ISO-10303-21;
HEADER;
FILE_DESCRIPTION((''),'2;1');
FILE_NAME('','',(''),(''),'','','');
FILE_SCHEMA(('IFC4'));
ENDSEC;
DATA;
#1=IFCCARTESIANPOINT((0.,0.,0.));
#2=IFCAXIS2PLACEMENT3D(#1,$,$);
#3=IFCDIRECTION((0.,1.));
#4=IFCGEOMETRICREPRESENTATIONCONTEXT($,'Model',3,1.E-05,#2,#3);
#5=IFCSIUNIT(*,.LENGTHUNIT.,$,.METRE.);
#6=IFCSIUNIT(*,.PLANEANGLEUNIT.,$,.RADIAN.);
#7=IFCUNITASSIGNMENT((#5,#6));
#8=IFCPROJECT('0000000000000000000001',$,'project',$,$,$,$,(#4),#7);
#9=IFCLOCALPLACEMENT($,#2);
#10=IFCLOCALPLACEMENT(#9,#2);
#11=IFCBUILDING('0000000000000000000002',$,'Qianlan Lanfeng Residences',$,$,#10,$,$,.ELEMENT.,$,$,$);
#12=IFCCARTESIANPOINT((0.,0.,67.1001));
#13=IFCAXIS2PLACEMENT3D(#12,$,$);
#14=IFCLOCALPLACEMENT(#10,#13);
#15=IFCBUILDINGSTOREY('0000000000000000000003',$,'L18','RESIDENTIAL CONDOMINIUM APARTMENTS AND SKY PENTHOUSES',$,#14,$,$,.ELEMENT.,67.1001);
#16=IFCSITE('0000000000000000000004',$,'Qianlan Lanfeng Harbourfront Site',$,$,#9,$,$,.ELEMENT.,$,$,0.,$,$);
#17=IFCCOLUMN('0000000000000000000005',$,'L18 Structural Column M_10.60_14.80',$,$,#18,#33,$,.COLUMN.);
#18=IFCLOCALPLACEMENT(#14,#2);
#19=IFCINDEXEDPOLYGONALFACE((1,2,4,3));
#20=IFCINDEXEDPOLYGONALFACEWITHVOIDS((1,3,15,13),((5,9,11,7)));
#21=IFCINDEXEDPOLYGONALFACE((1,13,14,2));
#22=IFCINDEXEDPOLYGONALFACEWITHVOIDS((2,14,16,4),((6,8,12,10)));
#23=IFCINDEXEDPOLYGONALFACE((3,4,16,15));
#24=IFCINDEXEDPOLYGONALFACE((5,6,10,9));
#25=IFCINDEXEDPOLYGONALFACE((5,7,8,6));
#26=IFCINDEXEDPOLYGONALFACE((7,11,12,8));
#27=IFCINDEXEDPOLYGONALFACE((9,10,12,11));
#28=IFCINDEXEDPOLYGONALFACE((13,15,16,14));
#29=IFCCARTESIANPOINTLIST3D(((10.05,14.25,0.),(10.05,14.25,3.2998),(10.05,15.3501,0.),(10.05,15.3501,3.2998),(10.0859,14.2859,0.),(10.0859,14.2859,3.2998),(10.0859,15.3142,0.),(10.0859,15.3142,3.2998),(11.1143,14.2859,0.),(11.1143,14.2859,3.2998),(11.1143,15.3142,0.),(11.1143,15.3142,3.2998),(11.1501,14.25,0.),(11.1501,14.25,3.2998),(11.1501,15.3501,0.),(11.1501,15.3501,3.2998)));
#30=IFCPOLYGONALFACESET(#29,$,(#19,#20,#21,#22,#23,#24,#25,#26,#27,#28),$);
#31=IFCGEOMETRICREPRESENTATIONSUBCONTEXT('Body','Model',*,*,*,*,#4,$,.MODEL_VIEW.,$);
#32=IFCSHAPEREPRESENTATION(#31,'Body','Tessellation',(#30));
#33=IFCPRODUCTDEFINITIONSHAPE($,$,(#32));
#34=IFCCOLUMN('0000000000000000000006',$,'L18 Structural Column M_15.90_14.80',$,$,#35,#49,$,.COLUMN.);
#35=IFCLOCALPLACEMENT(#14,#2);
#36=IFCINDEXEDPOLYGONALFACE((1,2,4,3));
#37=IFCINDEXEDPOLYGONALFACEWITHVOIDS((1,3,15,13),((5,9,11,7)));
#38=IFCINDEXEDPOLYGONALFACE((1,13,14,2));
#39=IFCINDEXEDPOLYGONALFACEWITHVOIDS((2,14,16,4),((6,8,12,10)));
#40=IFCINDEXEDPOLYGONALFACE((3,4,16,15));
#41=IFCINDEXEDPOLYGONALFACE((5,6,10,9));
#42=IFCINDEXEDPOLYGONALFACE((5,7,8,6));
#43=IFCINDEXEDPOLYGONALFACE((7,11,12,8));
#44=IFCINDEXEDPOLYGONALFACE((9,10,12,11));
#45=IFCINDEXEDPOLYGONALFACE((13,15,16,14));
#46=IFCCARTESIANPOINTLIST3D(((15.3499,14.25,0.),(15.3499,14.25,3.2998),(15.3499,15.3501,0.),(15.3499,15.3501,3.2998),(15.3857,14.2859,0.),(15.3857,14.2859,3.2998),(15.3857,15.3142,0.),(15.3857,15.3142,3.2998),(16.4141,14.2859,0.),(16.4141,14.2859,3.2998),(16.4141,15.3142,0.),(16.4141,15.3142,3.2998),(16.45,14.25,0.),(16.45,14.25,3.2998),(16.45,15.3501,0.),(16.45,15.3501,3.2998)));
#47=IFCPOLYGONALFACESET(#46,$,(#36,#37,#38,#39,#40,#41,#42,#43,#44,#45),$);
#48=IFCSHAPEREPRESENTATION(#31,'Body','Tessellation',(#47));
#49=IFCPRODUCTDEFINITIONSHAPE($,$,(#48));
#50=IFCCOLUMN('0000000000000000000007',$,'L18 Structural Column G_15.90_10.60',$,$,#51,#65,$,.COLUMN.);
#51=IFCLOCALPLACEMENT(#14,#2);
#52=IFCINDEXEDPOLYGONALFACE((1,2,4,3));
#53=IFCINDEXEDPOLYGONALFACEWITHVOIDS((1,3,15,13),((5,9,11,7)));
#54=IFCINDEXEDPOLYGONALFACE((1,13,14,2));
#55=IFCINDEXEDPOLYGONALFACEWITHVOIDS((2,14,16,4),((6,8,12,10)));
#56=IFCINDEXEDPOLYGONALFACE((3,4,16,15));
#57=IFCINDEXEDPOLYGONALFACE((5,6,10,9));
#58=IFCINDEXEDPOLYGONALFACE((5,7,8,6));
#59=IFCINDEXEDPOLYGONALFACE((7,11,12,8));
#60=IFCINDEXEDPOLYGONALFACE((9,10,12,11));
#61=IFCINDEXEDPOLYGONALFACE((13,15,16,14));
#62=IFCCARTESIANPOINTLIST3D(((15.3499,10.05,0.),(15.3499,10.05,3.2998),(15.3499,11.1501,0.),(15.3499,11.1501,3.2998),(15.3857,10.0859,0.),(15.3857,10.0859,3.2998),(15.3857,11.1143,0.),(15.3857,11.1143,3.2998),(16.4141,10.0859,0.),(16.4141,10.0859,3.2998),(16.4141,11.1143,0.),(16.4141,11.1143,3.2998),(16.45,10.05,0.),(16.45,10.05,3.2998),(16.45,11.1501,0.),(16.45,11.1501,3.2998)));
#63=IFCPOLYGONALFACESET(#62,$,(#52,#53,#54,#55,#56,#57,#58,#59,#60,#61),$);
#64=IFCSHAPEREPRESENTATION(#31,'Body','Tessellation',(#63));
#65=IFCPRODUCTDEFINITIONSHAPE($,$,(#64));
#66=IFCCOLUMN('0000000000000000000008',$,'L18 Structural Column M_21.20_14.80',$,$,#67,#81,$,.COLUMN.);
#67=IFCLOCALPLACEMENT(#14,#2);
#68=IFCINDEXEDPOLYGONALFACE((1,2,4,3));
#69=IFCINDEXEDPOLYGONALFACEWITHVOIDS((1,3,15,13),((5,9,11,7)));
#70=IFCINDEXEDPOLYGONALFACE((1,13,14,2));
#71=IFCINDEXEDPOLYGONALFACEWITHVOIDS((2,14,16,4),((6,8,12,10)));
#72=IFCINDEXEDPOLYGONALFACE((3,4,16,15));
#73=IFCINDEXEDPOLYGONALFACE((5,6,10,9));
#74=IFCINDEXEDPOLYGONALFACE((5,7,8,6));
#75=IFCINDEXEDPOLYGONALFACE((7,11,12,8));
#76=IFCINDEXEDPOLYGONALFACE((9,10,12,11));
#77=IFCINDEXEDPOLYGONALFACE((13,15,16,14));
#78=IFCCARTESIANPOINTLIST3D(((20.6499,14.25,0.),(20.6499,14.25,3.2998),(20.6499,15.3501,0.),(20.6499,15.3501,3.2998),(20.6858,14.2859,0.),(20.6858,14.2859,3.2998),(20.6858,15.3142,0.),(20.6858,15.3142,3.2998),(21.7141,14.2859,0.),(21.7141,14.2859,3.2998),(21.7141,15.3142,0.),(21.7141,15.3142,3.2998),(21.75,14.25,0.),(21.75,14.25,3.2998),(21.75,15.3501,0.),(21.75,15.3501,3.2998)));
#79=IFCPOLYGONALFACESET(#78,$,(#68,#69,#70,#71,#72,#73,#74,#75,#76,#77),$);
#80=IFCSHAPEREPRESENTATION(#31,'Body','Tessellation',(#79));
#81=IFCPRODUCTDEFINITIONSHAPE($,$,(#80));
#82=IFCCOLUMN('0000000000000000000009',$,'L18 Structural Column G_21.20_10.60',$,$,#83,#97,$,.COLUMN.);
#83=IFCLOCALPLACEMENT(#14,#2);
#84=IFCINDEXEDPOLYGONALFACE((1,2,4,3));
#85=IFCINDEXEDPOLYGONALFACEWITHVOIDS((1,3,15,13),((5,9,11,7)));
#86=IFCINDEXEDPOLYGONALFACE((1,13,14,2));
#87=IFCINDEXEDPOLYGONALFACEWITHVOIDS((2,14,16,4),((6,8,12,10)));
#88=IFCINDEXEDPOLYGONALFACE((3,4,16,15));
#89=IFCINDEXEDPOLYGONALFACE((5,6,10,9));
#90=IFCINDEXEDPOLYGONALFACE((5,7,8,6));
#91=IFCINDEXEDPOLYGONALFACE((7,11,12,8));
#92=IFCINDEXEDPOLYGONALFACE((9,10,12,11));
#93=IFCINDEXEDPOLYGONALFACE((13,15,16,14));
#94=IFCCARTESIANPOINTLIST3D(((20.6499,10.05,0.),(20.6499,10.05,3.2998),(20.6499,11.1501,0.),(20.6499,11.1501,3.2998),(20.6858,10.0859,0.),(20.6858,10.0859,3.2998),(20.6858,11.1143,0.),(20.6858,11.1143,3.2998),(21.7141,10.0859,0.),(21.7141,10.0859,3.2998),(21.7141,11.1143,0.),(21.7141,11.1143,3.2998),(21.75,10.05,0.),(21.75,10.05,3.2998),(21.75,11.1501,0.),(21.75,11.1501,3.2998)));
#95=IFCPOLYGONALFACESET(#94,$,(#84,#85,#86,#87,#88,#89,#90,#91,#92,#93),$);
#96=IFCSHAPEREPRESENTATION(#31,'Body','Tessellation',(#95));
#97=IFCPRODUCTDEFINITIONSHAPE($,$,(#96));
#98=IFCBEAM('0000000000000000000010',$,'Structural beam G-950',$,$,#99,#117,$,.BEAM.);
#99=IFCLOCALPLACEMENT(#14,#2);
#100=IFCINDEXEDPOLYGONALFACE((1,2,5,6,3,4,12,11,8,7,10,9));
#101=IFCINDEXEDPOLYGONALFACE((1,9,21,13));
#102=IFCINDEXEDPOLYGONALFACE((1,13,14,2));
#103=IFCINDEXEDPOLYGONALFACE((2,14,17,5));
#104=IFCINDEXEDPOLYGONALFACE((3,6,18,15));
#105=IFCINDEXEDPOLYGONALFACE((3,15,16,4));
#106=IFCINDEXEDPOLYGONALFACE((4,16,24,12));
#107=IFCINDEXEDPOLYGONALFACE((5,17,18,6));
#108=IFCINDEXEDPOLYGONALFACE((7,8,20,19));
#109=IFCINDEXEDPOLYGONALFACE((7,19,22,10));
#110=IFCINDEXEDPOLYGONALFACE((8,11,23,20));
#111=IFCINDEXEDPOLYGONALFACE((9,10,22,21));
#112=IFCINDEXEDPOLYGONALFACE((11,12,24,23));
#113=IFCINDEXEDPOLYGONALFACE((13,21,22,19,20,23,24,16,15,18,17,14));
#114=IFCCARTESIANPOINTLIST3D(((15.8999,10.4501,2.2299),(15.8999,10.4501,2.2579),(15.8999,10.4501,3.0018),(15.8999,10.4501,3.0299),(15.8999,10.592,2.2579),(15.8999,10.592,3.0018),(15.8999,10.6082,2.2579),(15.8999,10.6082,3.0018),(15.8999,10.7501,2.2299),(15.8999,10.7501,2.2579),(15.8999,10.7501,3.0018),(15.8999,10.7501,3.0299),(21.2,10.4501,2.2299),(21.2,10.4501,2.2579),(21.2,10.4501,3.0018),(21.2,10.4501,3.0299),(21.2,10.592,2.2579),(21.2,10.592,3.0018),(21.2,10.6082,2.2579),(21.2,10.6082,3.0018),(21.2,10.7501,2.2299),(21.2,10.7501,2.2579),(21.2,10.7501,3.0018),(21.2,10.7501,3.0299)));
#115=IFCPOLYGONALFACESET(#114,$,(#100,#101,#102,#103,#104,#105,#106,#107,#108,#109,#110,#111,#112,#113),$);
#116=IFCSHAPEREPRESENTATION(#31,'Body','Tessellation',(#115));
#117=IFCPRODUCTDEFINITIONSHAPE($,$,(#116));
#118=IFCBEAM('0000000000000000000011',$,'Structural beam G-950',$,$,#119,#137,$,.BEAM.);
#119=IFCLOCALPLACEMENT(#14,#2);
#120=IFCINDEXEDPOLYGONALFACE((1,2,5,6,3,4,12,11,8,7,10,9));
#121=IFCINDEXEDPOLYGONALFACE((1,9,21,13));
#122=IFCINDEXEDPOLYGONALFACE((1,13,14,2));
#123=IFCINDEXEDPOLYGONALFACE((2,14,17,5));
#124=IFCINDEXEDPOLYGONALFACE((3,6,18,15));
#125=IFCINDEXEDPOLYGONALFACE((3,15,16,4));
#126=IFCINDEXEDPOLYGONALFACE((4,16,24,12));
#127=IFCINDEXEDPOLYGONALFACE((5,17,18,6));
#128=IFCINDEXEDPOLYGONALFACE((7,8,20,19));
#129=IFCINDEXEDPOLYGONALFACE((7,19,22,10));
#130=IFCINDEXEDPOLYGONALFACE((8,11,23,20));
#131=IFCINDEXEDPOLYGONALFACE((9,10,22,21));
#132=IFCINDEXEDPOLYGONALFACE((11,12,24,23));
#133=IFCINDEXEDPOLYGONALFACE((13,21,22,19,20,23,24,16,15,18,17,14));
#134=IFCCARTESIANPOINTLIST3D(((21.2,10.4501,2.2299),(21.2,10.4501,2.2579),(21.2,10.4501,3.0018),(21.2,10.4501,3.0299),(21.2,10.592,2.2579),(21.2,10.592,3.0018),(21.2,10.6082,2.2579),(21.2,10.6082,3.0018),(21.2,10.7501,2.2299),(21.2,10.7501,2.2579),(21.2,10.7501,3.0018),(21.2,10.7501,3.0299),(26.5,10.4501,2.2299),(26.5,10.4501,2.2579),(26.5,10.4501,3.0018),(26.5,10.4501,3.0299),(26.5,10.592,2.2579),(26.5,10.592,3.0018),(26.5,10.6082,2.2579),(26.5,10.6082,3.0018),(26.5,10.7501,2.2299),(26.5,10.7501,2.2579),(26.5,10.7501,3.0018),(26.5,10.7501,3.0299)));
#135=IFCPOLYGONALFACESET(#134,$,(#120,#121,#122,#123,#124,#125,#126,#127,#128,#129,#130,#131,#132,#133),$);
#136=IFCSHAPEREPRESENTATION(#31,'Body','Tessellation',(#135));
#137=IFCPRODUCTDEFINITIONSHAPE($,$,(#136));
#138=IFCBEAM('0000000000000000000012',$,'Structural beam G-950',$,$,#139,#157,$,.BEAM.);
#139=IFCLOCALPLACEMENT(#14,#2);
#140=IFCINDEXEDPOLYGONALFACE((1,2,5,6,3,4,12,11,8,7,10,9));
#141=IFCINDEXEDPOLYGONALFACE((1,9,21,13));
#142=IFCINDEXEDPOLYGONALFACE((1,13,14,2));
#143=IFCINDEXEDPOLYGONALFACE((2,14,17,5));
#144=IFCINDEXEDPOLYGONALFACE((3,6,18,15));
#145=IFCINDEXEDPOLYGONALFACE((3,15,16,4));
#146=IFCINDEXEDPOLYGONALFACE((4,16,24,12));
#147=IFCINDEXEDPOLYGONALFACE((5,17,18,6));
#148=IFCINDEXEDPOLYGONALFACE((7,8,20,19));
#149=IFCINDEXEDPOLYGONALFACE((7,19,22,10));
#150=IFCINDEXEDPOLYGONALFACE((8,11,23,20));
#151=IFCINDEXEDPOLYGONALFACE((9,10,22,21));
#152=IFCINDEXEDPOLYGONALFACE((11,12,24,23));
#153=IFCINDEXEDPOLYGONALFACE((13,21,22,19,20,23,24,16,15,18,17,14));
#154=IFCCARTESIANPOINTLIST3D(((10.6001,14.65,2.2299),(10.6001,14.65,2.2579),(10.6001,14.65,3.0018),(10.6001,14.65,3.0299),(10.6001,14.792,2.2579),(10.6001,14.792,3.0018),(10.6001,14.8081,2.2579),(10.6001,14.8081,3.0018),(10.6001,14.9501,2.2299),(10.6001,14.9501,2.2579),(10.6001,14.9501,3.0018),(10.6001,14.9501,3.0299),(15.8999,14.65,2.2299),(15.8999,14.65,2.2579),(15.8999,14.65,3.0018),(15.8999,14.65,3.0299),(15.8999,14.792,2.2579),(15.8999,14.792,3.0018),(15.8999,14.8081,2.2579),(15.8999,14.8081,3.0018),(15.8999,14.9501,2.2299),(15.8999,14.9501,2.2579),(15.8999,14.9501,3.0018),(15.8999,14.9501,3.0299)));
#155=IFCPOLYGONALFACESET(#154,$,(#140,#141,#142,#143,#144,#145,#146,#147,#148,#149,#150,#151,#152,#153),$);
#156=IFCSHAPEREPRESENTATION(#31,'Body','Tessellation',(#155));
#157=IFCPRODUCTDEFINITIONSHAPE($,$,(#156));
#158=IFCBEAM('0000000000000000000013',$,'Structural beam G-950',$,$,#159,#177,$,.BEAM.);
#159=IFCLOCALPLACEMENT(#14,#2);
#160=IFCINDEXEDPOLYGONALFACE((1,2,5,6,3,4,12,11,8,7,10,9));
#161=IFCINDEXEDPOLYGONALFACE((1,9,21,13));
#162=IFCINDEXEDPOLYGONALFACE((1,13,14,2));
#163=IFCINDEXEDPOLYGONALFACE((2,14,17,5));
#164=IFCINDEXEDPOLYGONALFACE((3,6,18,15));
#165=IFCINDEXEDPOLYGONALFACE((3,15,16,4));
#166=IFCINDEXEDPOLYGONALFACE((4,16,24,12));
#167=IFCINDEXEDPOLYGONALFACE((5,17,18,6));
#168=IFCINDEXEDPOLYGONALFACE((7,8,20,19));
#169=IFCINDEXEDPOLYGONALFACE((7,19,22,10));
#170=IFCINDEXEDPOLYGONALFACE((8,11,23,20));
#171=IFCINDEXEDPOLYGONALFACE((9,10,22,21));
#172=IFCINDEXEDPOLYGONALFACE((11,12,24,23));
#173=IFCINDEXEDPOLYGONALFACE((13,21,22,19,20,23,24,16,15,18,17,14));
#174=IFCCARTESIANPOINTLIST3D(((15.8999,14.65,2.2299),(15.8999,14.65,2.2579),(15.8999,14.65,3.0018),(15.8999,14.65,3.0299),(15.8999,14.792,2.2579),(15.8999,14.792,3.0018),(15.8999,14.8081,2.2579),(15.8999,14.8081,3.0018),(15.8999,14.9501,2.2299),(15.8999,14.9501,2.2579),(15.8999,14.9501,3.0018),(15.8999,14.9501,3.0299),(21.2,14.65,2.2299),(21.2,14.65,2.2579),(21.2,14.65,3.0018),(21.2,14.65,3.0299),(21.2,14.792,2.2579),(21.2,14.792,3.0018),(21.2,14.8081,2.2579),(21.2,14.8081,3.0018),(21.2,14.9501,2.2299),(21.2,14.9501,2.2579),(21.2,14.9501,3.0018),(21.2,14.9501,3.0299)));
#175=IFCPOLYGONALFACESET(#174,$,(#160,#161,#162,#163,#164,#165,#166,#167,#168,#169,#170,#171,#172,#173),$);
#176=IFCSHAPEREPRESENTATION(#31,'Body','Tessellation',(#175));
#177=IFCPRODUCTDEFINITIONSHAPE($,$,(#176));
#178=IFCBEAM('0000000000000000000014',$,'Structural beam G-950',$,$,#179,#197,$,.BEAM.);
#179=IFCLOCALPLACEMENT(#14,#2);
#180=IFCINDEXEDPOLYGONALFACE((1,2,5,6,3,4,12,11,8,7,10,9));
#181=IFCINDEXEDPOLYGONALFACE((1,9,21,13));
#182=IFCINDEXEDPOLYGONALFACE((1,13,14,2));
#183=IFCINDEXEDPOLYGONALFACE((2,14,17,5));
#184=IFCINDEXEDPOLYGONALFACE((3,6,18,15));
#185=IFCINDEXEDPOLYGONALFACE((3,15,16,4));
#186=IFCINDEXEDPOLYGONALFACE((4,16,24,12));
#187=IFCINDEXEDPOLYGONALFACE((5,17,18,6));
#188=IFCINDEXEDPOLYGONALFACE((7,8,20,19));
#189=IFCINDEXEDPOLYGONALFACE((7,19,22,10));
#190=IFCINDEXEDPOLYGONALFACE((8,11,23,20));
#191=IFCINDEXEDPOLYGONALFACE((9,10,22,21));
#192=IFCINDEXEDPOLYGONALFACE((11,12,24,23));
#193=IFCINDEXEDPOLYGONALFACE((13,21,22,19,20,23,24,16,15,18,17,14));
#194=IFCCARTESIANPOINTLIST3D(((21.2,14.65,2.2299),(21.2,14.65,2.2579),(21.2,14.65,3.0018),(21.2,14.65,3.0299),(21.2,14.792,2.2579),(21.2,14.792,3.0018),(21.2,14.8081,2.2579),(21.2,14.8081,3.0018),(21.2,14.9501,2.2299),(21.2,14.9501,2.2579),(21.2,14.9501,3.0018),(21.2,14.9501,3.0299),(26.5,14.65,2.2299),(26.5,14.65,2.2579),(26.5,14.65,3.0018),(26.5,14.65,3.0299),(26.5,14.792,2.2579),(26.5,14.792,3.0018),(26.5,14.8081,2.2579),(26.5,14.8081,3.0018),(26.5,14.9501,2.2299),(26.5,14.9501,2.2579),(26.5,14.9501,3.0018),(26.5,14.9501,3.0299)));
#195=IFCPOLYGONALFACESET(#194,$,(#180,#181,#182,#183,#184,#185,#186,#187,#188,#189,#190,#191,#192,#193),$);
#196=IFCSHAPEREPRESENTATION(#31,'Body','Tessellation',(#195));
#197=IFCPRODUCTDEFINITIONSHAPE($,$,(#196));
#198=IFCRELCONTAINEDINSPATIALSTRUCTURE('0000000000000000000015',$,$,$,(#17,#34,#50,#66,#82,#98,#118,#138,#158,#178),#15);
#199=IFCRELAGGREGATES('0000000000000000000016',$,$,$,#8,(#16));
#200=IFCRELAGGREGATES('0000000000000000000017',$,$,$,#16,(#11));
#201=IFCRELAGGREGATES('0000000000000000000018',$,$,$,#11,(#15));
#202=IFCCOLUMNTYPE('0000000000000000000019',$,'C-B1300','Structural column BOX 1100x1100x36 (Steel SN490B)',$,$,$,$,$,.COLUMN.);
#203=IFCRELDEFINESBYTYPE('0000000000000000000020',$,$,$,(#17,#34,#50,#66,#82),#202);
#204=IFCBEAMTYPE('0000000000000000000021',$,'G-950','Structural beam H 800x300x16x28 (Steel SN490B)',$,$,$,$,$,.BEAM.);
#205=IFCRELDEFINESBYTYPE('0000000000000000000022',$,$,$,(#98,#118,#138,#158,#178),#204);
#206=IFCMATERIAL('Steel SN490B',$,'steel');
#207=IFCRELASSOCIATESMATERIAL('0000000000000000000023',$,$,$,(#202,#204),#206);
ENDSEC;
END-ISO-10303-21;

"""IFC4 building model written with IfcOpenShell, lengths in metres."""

from ifc_helpers import new_model, si_unit, direction, frame, origin, origin_2d, place, context, subcontext, project, spatial, hollow_rectangle, i_section, extrude, material, material_profile, profile_set, type_object, element, save


model = new_model("IFC4")

# Units and contexts
model_context = context("Model", 3, precision=1e-05, world=origin(), true_north=direction((0.0, 1.0)))
body_context = subcontext(model_context, "Body", "Model", "MODEL_VIEW")
ifc_project = project(units=[si_unit("LENGTHUNIT", "METRE"), si_unit("PLANEANGLEUNIT", "RADIAN")], contexts=[model_context])

# Site, building, storey
site_placement = place(None, origin())
site = spatial("IfcSite", under=ifc_project, at=site_placement, Name="Qianlan Lanfeng Harbourfront Site", CompositionType="ELEMENT", RefElevation=0.0)
building_placement = place(site_placement, origin())
building = spatial("IfcBuilding", under=site, at=building_placement, Name="Qianlan Lanfeng Residences", CompositionType="ELEMENT")
storey_placement = place(building_placement, frame((0.0, 0.0, 67.1001)))
storey = spatial("IfcBuildingStorey", under=building, at=storey_placement, Name="L18", Description="RESIDENTIAL CONDOMINIUM APARTMENTS AND SKY PENTHOUSES", CompositionType="ELEMENT", Elevation=67.1001)

# Columns
ifc_material_1 = material(Name="Steel SN490B", Category="steel")
ifc_material_profile_1 = material_profile(ifc_material_1, hollow_rectangle(XDim=1.1001, YDim=1.1001, WallThickness=0.0359, at=origin_2d()), Name="BOX 1100x1100x36")
ifc_profile_set_1 = profile_set([ifc_material_profile_1], Name="Steel SN490B")
column_type = type_object("IfcColumnType", Name="C-B1300", Description="Structural column BOX 1100x1100x36 (Steel SN490B)", PredefinedType="COLUMN", material=ifc_profile_set_1)
for number, where, z_axis, x_axis, name in (
    (1, (10.6001, 14.8, 0.0), (0.0, 0.0, 1.0), (1.0, 0.0, 0.0), "L18 Structural Column M_10.60_14.80"),
    (2, (15.8999, 14.8, 0.0), (0.0, 0.0, 1.0), (1.0, 0.0, 0.0), "L18 Structural Column M_15.90_14.80"),
    (3, (15.8999, 10.6001, 0.0), (0.0, 0.0, 1.0), (1.0, 0.0, 0.0), "L18 Structural Column G_15.90_10.60"),
    (4, (21.2, 14.8, 0.0), (0.0, 0.0, 1.0), (1.0, 0.0, 0.0), "L18 Structural Column M_21.20_14.80"),
    (5, (21.2, 10.6001, 0.0), (0.0, 0.0, 1.0), (1.0, 0.0, 0.0), "L18 Structural Column G_21.20_10.60"),
):
    element("IfcColumn", number, at=place(storey_placement, frame(where, z_axis=z_axis, x_axis=x_axis)), inside=storey, type_object=column_type, Name=name, PredefinedType="COLUMN", context=body_context, shape_type="SweptSolid", body=[
        extrude(hollow_rectangle(XDim=1.1001, YDim=1.1001, WallThickness=0.0359, at=origin_2d()), origin(), (0.0, 0.0, 1.0), 3.2998),
    ])

# Beams
ifc_material_profile_2 = material_profile(ifc_material_1, i_section(OverallWidth=0.3, OverallDepth=0.8, WebThickness=0.0161, FlangeThickness=0.0281, at=origin_2d()), Name="H 800x300x16x28")
ifc_profile_set_2 = profile_set([ifc_material_profile_2], Name="Steel SN490B")
beam_type_1 = type_object("IfcBeamType", Name="G-950", Description="Structural beam H 800x300x16x28 (Steel SN490B)", PredefinedType="BEAM", material=ifc_profile_set_2)
for number, where, z_axis, x_axis, name in (
    (6, (15.8999, 10.6001, 2.6299), (1.0, 0.0, 0.0), (0.0, 1.0, 0.0), "Structural beam G-950"),
    (7, (21.2, 10.6001, 2.6299), (1.0, 0.0, 0.0), (0.0, 1.0, 0.0), "Structural beam G-950"),
):
    element("IfcBeam", number, at=place(storey_placement, frame(where, z_axis=z_axis, x_axis=x_axis)), inside=storey, type_object=beam_type_1, Name=name, PredefinedType="BEAM", context=body_context, shape_type="SweptSolid", body=[
        extrude(i_section(OverallWidth=0.3, OverallDepth=0.8, WebThickness=0.0161, FlangeThickness=0.0281, at=origin_2d()), origin(), (0.0, 0.0, 1.0), 5.3),
    ])
beam_1_placement = place(storey_placement, frame((10.6001, 14.8, 2.6299), z_axis=(1.0, 0.0, 0.0), x_axis=(0.0, 1.0, 0.0)))
element("IfcBeam", 8, at=beam_1_placement, inside=storey, type_object=beam_type_1, Name="Structural beam G-950", PredefinedType="BEAM", context=body_context, shape_type="SweptSolid", body=[
    extrude(i_section(OverallWidth=0.3, OverallDepth=0.8, WebThickness=0.0161, FlangeThickness=0.0281, at=origin_2d()), origin(), (0.0, 0.0, 1.0), 5.2998),
])
for number, where, z_axis, x_axis, name in (
    (9, (15.8999, 14.8, 2.6299), (1.0, 0.0, 0.0), (0.0, 1.0, 0.0), "Structural beam G-950"),
    (10, (21.2, 14.8, 2.6299), (1.0, 0.0, 0.0), (0.0, 1.0, 0.0), "Structural beam G-950"),
):
    element("IfcBeam", number, at=place(storey_placement, frame(where, z_axis=z_axis, x_axis=x_axis)), inside=storey, type_object=beam_type_1, Name=name, PredefinedType="BEAM", context=body_context, shape_type="SweptSolid", body=[
        extrude(i_section(OverallWidth=0.3, OverallDepth=0.8, WebThickness=0.0161, FlangeThickness=0.0281, at=origin_2d()), origin(), (0.0, 0.0, 1.0), 5.3),
    ])

save(model, "model.ifc")
